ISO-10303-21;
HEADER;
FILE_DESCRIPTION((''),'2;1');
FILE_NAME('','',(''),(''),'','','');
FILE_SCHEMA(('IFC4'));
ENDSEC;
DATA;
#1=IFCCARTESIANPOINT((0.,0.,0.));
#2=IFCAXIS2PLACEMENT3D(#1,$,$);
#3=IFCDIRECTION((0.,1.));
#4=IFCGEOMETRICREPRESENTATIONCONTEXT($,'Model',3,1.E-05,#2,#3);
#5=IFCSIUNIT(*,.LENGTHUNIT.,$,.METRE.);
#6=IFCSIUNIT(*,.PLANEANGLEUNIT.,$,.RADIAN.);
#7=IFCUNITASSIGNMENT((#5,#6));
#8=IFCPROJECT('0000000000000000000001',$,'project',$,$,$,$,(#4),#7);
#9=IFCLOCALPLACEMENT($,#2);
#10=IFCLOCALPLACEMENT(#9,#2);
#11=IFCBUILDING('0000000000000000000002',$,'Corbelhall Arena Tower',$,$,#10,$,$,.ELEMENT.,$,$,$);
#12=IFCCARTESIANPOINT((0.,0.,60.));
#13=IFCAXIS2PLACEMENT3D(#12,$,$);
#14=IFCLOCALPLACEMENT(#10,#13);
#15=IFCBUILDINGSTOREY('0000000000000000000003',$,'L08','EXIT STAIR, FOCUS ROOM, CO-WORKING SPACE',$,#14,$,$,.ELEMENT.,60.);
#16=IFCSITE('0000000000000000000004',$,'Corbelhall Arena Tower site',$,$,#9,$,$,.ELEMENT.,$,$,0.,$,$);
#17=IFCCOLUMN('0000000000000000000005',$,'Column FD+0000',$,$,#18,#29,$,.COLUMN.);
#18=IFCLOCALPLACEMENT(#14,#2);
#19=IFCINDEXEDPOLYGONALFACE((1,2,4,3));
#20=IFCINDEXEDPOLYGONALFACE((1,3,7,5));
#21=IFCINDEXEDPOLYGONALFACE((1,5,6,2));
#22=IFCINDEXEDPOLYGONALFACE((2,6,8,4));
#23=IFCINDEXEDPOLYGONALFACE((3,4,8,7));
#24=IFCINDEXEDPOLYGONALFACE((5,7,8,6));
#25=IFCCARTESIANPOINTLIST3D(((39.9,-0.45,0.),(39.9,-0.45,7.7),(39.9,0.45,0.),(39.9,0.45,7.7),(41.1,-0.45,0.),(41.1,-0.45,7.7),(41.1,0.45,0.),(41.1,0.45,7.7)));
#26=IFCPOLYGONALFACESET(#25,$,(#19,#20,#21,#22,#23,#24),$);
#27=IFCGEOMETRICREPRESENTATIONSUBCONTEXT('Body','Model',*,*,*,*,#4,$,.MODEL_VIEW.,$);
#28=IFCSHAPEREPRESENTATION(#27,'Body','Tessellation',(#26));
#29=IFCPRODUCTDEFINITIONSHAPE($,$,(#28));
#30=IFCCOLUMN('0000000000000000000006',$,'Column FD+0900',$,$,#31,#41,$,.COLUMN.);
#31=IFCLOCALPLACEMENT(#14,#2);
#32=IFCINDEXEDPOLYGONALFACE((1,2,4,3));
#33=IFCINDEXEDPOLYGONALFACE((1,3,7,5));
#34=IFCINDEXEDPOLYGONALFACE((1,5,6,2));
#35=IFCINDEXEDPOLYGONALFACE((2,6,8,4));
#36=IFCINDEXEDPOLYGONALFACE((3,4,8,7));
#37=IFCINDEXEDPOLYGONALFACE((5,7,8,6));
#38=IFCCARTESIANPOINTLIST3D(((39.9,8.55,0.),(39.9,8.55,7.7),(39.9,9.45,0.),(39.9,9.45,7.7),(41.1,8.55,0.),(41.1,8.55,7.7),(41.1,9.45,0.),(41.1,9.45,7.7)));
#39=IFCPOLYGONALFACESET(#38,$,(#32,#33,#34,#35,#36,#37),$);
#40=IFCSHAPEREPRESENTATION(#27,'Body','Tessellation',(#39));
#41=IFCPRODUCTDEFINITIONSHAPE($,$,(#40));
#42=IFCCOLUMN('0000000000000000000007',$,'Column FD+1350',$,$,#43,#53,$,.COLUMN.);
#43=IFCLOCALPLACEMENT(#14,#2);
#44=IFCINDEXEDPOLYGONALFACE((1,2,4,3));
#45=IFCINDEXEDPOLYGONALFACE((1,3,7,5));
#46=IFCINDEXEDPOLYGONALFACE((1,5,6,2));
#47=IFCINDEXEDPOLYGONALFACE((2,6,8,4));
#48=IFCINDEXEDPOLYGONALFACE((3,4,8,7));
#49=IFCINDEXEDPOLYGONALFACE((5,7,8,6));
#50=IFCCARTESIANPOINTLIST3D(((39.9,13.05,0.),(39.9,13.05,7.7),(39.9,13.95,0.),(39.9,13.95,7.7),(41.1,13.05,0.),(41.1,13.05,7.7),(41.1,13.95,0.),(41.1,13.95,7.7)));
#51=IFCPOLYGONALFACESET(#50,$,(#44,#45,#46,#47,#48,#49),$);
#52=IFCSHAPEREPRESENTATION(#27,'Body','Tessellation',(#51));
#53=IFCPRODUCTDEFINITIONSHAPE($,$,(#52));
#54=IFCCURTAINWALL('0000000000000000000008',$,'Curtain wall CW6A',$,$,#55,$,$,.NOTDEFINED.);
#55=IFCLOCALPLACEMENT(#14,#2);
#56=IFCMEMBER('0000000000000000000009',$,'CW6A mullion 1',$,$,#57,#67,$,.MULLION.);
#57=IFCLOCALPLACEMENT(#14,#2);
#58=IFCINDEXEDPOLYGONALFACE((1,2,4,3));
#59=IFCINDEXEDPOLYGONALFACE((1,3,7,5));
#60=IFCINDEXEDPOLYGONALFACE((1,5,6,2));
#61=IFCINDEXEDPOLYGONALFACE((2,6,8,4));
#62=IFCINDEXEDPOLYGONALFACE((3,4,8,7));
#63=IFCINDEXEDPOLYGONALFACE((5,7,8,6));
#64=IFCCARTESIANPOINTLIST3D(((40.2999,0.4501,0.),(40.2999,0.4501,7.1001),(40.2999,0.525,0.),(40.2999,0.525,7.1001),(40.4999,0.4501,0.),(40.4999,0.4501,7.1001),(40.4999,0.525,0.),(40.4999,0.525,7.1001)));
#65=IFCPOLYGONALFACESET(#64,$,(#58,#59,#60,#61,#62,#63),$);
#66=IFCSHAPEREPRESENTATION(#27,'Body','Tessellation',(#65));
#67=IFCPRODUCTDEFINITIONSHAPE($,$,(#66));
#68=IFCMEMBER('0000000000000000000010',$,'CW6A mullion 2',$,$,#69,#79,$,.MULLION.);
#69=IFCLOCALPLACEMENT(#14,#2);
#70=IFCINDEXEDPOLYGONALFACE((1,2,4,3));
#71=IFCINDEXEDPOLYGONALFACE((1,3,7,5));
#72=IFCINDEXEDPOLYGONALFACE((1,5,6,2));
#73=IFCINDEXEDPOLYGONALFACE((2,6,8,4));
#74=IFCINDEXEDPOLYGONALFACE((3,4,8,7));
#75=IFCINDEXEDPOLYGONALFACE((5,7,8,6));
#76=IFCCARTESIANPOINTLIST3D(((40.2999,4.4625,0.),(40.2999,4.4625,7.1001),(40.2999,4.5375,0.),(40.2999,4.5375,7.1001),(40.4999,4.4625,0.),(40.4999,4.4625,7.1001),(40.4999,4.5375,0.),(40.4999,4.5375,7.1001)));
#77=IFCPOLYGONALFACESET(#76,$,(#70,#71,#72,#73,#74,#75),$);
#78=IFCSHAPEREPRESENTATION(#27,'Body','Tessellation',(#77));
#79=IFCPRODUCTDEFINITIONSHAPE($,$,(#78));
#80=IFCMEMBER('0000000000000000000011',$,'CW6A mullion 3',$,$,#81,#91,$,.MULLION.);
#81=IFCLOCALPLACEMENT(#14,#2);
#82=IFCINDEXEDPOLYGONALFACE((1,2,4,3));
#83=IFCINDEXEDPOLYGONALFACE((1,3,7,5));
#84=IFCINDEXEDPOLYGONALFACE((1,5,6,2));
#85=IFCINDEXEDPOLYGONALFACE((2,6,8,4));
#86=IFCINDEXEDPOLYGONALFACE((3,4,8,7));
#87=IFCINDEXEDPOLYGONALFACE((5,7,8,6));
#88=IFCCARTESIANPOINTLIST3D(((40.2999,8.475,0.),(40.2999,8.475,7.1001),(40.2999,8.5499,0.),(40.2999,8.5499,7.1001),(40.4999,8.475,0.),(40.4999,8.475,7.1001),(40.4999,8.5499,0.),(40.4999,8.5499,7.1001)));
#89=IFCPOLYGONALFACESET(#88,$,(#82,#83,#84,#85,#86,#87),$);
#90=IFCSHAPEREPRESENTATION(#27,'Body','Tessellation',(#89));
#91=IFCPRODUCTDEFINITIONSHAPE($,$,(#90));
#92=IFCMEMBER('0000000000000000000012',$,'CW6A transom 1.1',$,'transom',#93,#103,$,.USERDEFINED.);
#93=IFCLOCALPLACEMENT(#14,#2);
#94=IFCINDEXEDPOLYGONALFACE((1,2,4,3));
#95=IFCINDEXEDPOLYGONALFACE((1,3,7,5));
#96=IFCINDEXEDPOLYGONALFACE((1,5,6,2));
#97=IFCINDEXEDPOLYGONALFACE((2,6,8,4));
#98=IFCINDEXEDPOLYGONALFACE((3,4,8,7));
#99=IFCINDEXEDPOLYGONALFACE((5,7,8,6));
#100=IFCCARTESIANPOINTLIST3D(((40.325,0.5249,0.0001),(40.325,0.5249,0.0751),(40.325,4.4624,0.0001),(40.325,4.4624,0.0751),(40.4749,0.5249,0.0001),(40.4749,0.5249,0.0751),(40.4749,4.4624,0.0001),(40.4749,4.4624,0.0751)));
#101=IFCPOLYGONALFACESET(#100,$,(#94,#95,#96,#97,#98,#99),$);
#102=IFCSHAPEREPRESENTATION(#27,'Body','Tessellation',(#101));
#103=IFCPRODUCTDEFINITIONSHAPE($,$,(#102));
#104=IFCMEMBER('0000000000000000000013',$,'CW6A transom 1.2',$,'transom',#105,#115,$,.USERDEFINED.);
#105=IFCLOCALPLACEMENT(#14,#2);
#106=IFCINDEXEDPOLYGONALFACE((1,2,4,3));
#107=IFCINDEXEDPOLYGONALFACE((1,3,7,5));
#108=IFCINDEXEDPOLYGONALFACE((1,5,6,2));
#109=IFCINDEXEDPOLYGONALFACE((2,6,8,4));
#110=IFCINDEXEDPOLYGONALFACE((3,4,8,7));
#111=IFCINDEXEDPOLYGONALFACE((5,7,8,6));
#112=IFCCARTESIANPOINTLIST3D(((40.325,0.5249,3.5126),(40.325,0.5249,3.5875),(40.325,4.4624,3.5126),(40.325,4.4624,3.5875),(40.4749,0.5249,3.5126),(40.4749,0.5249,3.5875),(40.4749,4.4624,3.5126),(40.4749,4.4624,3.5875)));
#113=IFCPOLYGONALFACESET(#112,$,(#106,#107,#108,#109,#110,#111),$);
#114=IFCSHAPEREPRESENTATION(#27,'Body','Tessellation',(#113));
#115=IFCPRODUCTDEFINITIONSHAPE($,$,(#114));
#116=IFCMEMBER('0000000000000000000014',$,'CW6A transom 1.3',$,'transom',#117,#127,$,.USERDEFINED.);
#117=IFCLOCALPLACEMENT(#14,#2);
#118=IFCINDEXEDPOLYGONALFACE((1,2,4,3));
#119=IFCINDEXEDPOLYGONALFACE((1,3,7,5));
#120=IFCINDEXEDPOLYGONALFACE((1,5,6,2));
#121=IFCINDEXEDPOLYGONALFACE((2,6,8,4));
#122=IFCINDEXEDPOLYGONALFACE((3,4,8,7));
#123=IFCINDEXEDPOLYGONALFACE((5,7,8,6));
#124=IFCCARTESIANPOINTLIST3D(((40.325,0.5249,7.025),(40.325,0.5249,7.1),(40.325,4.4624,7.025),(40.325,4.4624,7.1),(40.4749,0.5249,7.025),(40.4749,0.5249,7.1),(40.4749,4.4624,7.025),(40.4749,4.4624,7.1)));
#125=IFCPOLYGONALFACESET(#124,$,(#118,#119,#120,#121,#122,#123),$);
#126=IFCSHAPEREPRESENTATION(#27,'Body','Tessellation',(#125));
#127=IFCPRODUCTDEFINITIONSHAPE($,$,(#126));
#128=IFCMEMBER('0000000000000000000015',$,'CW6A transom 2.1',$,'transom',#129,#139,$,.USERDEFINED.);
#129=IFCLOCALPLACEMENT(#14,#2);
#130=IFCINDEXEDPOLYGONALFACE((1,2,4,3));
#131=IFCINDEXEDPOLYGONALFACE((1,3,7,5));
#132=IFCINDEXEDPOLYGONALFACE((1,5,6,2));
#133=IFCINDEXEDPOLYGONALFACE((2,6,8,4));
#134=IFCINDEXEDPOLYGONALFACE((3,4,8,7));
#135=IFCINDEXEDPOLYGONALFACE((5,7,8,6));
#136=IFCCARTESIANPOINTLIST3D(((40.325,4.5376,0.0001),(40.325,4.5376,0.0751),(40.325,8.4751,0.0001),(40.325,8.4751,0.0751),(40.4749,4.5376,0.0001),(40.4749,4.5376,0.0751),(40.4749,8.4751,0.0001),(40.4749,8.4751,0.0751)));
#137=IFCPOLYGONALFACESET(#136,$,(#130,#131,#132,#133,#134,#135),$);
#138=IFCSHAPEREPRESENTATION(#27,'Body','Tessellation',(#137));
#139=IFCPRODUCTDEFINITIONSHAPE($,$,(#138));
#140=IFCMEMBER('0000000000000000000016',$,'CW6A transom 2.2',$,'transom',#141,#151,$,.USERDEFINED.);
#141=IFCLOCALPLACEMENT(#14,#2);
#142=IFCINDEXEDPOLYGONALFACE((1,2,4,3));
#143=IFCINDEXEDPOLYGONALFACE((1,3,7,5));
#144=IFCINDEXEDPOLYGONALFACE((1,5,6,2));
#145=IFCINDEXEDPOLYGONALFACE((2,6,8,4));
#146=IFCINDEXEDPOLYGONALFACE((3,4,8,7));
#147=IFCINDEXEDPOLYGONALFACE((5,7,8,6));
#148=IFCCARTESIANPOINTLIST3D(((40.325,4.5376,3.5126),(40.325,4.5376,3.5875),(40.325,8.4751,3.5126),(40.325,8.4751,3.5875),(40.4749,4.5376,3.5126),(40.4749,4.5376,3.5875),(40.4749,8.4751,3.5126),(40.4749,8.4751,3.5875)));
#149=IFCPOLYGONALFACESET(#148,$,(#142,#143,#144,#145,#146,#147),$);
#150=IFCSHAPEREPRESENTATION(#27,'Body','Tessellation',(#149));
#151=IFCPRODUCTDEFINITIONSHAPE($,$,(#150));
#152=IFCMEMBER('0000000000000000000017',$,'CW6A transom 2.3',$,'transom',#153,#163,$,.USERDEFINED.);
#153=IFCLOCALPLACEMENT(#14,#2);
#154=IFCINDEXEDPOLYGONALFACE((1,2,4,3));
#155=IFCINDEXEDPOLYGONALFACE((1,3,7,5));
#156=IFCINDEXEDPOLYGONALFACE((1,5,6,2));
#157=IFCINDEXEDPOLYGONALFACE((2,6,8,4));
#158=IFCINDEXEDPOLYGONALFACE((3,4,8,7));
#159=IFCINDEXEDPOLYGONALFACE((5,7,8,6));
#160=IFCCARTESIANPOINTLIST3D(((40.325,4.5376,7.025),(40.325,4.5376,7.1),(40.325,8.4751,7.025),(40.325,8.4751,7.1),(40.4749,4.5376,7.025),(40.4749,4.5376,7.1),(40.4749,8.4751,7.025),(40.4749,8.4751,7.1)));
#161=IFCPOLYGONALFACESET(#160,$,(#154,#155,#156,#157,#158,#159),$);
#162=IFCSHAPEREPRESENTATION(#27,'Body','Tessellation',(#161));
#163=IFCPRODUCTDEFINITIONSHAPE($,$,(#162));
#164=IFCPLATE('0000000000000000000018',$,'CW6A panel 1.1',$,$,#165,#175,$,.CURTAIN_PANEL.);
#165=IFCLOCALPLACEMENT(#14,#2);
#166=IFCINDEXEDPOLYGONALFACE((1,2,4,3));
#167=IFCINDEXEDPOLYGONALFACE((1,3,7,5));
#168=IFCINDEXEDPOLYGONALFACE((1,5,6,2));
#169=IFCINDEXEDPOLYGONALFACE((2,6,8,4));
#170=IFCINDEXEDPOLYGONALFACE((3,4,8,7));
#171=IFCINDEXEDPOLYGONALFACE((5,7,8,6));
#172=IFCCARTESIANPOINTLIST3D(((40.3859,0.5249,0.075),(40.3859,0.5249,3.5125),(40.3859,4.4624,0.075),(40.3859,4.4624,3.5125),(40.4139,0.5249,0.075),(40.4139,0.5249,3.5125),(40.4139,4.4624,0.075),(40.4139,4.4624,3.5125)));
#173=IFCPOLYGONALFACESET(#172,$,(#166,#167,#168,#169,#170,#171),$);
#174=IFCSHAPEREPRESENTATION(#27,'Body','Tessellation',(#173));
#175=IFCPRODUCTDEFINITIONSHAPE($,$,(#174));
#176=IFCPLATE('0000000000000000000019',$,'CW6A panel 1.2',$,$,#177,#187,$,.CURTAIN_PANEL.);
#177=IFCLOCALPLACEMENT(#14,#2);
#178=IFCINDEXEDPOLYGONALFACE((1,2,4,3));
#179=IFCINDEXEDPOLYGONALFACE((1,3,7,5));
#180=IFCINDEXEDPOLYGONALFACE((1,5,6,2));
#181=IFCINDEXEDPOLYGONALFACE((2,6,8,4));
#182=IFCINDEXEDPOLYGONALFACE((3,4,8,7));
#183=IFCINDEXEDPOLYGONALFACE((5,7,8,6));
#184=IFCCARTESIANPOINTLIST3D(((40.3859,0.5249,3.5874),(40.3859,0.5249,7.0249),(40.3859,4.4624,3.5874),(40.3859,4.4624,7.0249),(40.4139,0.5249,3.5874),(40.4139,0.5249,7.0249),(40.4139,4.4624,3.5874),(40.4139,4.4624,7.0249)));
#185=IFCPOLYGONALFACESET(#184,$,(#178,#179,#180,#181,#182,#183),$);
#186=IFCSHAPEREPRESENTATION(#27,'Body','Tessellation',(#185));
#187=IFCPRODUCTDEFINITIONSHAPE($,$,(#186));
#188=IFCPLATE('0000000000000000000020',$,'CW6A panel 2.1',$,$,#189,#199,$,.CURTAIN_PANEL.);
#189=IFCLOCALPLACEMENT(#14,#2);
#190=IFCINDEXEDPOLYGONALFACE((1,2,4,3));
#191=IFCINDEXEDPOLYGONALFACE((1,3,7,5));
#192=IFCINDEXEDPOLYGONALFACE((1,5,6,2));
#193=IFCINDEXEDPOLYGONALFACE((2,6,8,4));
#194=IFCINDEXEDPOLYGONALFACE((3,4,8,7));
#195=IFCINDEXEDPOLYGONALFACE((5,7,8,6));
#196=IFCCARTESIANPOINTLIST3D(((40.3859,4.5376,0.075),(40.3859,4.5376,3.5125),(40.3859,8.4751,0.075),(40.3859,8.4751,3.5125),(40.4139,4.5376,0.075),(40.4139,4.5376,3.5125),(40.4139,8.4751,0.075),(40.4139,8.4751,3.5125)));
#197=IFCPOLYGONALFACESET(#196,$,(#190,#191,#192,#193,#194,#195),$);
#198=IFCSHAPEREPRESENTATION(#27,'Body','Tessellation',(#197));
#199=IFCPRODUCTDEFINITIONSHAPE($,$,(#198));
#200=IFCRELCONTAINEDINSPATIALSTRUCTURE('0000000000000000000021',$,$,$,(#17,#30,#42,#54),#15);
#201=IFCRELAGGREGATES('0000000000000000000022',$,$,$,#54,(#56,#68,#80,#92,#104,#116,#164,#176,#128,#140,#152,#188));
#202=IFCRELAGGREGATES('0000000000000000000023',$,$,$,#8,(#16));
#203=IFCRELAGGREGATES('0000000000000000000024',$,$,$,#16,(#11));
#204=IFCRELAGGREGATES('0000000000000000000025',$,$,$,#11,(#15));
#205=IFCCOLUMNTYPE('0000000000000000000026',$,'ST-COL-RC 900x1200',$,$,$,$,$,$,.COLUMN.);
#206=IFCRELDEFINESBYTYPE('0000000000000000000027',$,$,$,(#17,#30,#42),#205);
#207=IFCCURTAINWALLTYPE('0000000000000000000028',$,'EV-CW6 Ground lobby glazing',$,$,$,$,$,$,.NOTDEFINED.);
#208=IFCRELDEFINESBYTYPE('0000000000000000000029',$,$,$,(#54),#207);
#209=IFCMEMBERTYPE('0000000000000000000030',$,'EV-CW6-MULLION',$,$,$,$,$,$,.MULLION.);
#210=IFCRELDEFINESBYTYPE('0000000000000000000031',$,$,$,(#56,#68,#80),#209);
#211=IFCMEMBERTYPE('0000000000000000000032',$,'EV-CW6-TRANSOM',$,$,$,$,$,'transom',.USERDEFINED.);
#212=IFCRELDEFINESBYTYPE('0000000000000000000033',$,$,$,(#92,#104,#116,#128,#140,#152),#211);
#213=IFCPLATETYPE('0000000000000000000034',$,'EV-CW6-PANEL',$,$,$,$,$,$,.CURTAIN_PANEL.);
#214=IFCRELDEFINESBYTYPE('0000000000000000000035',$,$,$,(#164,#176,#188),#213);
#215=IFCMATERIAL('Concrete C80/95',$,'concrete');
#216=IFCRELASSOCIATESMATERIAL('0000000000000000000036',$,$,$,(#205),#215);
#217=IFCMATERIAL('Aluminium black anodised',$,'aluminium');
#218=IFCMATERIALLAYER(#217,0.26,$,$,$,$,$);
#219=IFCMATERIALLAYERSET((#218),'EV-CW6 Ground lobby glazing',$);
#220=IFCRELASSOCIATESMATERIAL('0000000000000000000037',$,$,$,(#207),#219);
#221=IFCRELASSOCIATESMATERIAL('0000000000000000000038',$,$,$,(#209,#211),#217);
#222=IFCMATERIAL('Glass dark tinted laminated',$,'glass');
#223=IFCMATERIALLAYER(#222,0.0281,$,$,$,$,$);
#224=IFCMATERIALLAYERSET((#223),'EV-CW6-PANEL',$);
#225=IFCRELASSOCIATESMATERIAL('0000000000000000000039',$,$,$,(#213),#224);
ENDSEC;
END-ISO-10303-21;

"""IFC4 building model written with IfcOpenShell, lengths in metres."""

from ifc_helpers import new_model, si_unit, direction, frame, origin, origin_2d, place, context, subcontext, project, spatial, rectangle, extrude, material, layer, layer_set, material_profile, profile_set, type_object, element, aggregate, save


model = new_model("IFC4")

# Units and contexts
model_context = context("Model", 3, precision=1e-05, world=origin(), true_north=direction((0.0, 1.0)))
body_context = subcontext(model_context, "Body", "Model", "MODEL_VIEW")
ifc_project = project(units=[si_unit("LENGTHUNIT", "METRE"), si_unit("PLANEANGLEUNIT", "RADIAN")], contexts=[model_context])

# Site, building, storey
site_placement = place(None, origin())
site = spatial("IfcSite", under=ifc_project, at=site_placement, Name="Corbelhall Arena Tower site", CompositionType="ELEMENT", RefElevation=0.0)
building_placement = place(site_placement, origin())
building = spatial("IfcBuilding", under=site, at=building_placement, Name="Corbelhall Arena Tower", CompositionType="ELEMENT")
storey_placement = place(building_placement, frame((0.0, 0.0, 60.0)))
storey = spatial("IfcBuildingStorey", under=building, at=storey_placement, Name="L08", Description="EXIT STAIR, FOCUS ROOM, CO-WORKING SPACE", CompositionType="ELEMENT", Elevation=60.0)

# Columns
ifc_material_1 = material(Name="Concrete C80/95", Category="concrete")
ifc_material_profile_1 = material_profile(ifc_material_1, rectangle(XDim=0.8999, YDim=1.2, at=origin_2d()))
ifc_profile_set_1 = profile_set([ifc_material_profile_1], Name="Concrete C80/95")
column_type = type_object("IfcColumnType", Name="ST-COL-RC 900x1200", PredefinedType="COLUMN", material=ifc_profile_set_1)
for number, where, z_axis, x_axis, name in (
    (1, (40.5, 0.0, 0.0), (0.0, 0.0, 1.0), (0.0, 1.0, 0.0), "Column FD+0000"),
    (2, (40.5, 9.0, 0.0), (0.0, 0.0, 1.0), (0.0, 1.0, 0.0), "Column FD+0900"),
    (3, (40.5, 13.5, 0.0), (0.0, 0.0, 1.0), (0.0, 1.0, 0.0), "Column FD+1350"),
):
    element("IfcColumn", number, at=place(storey_placement, frame(where, z_axis=z_axis, x_axis=x_axis)), inside=storey, type_object=column_type, Name=name, PredefinedType="COLUMN", context=body_context, shape_type="SweptSolid", body=[
        extrude(rectangle(XDim=0.8999, YDim=1.2, at=origin_2d()), origin(), (0.0, 0.0, 1.0), 7.7),
    ])

# Curtain wall, members, plates
ifc_material_2 = material(Name="Aluminium black anodised", Category="aluminium")
ifc_layer_1 = layer(ifc_material_2, 0.26)
ifc_layer_set_1 = layer_set([ifc_layer_1], Name="EV-CW6 Ground lobby glazing")
curtain_wall_type = type_object("IfcCurtainWallType", Name="EV-CW6 Ground lobby glazing", PredefinedType="NOTDEFINED", material=ifc_layer_set_1)
curtain_wall_placement = place(storey_placement, origin())
curtain_wall = element("IfcCurtainWall", 4, at=curtain_wall_placement, inside=storey, type_object=curtain_wall_type, Name="Curtain wall CW6A", PredefinedType="NOTDEFINED")
ifc_material_profile_2 = material_profile(ifc_material_2, rectangle(XDim=0.2, YDim=0.075, at=origin_2d()))
ifc_profile_set_2 = profile_set([ifc_material_profile_2], Name="Aluminium black anodised")
member_type_1 = type_object("IfcMemberType", Name="EV-CW6-MULLION", PredefinedType="MULLION", material=ifc_profile_set_2)
member_1_placement = place(storey_placement, frame((40.3999, 0.4875, 0.0), z_axis=(0.0, 0.0, 1.0), x_axis=(-1.0, 0.0, 0.0)))
member_1 = element("IfcMember", 5, at=member_1_placement, type_object=member_type_1, Name="CW6A mullion 1", PredefinedType="MULLION", context=body_context, shape_type="SweptSolid", body=[
    extrude(rectangle(XDim=0.2, YDim=0.075, at=origin_2d()), origin(), (0.0, 0.0, 1.0), 7.1001),
])
member_2_placement = place(storey_placement, frame((40.3999, 4.5, 0.0), z_axis=(0.0, 0.0, 1.0), x_axis=(-1.0, 0.0, 0.0)))
member_2 = element("IfcMember", 6, at=member_2_placement, type_object=member_type_1, Name="CW6A mullion 2", PredefinedType="MULLION", context=body_context, shape_type="SweptSolid", body=[
    extrude(rectangle(XDim=0.2, YDim=0.075, at=origin_2d()), origin(), (0.0, 0.0, 1.0), 7.1001),
])
member_3_placement = place(storey_placement, frame((40.3999, 8.5125, 0.0), z_axis=(0.0, 0.0, 1.0), x_axis=(-1.0, 0.0, 0.0)))
member_3 = element("IfcMember", 7, at=member_3_placement, type_object=member_type_1, Name="CW6A mullion 3", PredefinedType="MULLION", context=body_context, shape_type="SweptSolid", body=[
    extrude(rectangle(XDim=0.2, YDim=0.075, at=origin_2d()), origin(), (0.0, 0.0, 1.0), 7.1001),
])
ifc_material_profile_3 = material_profile(ifc_material_2, rectangle(XDim=0.1499, YDim=0.075, at=origin_2d()))
ifc_profile_set_3 = profile_set([ifc_material_profile_3], Name="Aluminium black anodised")
member_type_2 = type_object("IfcMemberType", Name="EV-CW6-TRANSOM", ElementType="transom", PredefinedType="USERDEFINED", material=ifc_profile_set_3)
member_4_placement = place(storey_placement, frame((40.3999, 0.5249, 0.0376), z_axis=(0.0, 1.0, 0.0), x_axis=(-1.0, 0.0, 0.0)))
member_4 = element("IfcMember", 8, at=member_4_placement, type_object=member_type_2, Name="CW6A transom 1.1", ObjectType="transom", PredefinedType="USERDEFINED", context=body_context, shape_type="SweptSolid", body=[
    extrude(rectangle(XDim=0.1499, YDim=0.075, at=origin_2d()), origin(), (0.0, 0.0, 1.0), 3.9375),
])
member_5_placement = place(storey_placement, frame((40.3999, 0.5249, 3.55), z_axis=(0.0, 1.0, 0.0), x_axis=(-1.0, 0.0, 0.0)))
member_5 = element("IfcMember", 9, at=member_5_placement, type_object=member_type_2, Name="CW6A transom 1.2", ObjectType="transom", PredefinedType="USERDEFINED", context=body_context, shape_type="SweptSolid", body=[
    extrude(rectangle(XDim=0.1499, YDim=0.075, at=origin_2d()), origin(), (0.0, 0.0, 1.0), 3.9375),
])
member_6_placement = place(storey_placement, frame((40.3999, 0.5249, 7.0625), z_axis=(0.0, 1.0, 0.0), x_axis=(-1.0, 0.0, 0.0)))
member_6 = element("IfcMember", 10, at=member_6_placement, type_object=member_type_2, Name="CW6A transom 1.3", ObjectType="transom", PredefinedType="USERDEFINED", context=body_context, shape_type="SweptSolid", body=[
    extrude(rectangle(XDim=0.1499, YDim=0.075, at=origin_2d()), origin(), (0.0, 0.0, 1.0), 3.9375),
])
member_7_placement = place(storey_placement, frame((40.3999, 4.5376, 0.0376), z_axis=(0.0, 1.0, 0.0), x_axis=(-1.0, 0.0, 0.0)))
member_7 = element("IfcMember", 11, at=member_7_placement, type_object=member_type_2, Name="CW6A transom 2.1", ObjectType="transom", PredefinedType="USERDEFINED", context=body_context, shape_type="SweptSolid", body=[
    extrude(rectangle(XDim=0.1499, YDim=0.075, at=origin_2d()), origin(), (0.0, 0.0, 1.0), 3.9375),
])
member_8_placement = place(storey_placement, frame((40.3999, 4.5376, 3.55), z_axis=(0.0, 1.0, 0.0), x_axis=(-1.0, 0.0, 0.0)))
member_8 = element("IfcMember", 12, at=member_8_placement, type_object=member_type_2, Name="CW6A transom 2.2", ObjectType="transom", PredefinedType="USERDEFINED", context=body_context, shape_type="SweptSolid", body=[
    extrude(rectangle(XDim=0.1499, YDim=0.075, at=origin_2d()), origin(), (0.0, 0.0, 1.0), 3.9375),
])
member_9_placement = place(storey_placement, frame((40.3999, 4.5376, 7.0625), z_axis=(0.0, 1.0, 0.0), x_axis=(-1.0, 0.0, 0.0)))
member_9 = element("IfcMember", 13, at=member_9_placement, type_object=member_type_2, Name="CW6A transom 2.3", ObjectType="transom", PredefinedType="USERDEFINED", context=body_context, shape_type="SweptSolid", body=[
    extrude(rectangle(XDim=0.1499, YDim=0.075, at=origin_2d()), origin(), (0.0, 0.0, 1.0), 3.9375),
])
ifc_material_3 = material(Name="Glass dark tinted laminated", Category="glass")
ifc_layer_2 = layer(ifc_material_3, 0.0281)
ifc_layer_set_2 = layer_set([ifc_layer_2], Name="EV-CW6-PANEL")
plate_type = type_object("IfcPlateType", Name="EV-CW6-PANEL", PredefinedType="CURTAIN_PANEL", material=ifc_layer_set_2)
plate_1_placement = place(storey_placement, frame((40.3999, 2.4937, 0.075), z_axis=(0.0, 0.0, 1.0), x_axis=(0.0, 1.0, 0.0)))
plate_1 = element("IfcPlate", 14, at=plate_1_placement, type_object=plate_type, Name="CW6A panel 1.1", PredefinedType="CURTAIN_PANEL", context=body_context, shape_type="SweptSolid", body=[
    extrude(rectangle(XDim=3.9375, YDim=0.0281, at=origin_2d()), origin(), (0.0, 0.0, 1.0), 3.4375),
])
plate_2_placement = place(storey_placement, frame((40.3999, 2.4937, 3.5874), z_axis=(0.0, 0.0, 1.0), x_axis=(0.0, 1.0, 0.0)))
plate_2 = element("IfcPlate", 15, at=plate_2_placement, type_object=plate_type, Name="CW6A panel 1.2", PredefinedType="CURTAIN_PANEL", context=body_context, shape_type="SweptSolid", body=[
    extrude(rectangle(XDim=3.9375, YDim=0.0281, at=origin_2d()), origin(), (0.0, 0.0, 1.0), 3.4375),
])
plate_3_placement = place(storey_placement, frame((40.3999, 6.5063, 0.075), z_axis=(0.0, 0.0, 1.0), x_axis=(0.0, 1.0, 0.0)))
plate_3 = element("IfcPlate", 16, at=plate_3_placement, type_object=plate_type, Name="CW6A panel 2.1", PredefinedType="CURTAIN_PANEL", context=body_context, shape_type="SweptSolid", body=[
    extrude(rectangle(XDim=3.9375, YDim=0.0281, at=origin_2d()), origin(), (0.0, 0.0, 1.0), 3.4375),
])
aggregate(curtain_wall, [member_1, member_2, member_3, member_4, member_5, member_6, plate_1, plate_2, member_7, member_8, member_9, plate_3])

save(model, "model.ifc")
